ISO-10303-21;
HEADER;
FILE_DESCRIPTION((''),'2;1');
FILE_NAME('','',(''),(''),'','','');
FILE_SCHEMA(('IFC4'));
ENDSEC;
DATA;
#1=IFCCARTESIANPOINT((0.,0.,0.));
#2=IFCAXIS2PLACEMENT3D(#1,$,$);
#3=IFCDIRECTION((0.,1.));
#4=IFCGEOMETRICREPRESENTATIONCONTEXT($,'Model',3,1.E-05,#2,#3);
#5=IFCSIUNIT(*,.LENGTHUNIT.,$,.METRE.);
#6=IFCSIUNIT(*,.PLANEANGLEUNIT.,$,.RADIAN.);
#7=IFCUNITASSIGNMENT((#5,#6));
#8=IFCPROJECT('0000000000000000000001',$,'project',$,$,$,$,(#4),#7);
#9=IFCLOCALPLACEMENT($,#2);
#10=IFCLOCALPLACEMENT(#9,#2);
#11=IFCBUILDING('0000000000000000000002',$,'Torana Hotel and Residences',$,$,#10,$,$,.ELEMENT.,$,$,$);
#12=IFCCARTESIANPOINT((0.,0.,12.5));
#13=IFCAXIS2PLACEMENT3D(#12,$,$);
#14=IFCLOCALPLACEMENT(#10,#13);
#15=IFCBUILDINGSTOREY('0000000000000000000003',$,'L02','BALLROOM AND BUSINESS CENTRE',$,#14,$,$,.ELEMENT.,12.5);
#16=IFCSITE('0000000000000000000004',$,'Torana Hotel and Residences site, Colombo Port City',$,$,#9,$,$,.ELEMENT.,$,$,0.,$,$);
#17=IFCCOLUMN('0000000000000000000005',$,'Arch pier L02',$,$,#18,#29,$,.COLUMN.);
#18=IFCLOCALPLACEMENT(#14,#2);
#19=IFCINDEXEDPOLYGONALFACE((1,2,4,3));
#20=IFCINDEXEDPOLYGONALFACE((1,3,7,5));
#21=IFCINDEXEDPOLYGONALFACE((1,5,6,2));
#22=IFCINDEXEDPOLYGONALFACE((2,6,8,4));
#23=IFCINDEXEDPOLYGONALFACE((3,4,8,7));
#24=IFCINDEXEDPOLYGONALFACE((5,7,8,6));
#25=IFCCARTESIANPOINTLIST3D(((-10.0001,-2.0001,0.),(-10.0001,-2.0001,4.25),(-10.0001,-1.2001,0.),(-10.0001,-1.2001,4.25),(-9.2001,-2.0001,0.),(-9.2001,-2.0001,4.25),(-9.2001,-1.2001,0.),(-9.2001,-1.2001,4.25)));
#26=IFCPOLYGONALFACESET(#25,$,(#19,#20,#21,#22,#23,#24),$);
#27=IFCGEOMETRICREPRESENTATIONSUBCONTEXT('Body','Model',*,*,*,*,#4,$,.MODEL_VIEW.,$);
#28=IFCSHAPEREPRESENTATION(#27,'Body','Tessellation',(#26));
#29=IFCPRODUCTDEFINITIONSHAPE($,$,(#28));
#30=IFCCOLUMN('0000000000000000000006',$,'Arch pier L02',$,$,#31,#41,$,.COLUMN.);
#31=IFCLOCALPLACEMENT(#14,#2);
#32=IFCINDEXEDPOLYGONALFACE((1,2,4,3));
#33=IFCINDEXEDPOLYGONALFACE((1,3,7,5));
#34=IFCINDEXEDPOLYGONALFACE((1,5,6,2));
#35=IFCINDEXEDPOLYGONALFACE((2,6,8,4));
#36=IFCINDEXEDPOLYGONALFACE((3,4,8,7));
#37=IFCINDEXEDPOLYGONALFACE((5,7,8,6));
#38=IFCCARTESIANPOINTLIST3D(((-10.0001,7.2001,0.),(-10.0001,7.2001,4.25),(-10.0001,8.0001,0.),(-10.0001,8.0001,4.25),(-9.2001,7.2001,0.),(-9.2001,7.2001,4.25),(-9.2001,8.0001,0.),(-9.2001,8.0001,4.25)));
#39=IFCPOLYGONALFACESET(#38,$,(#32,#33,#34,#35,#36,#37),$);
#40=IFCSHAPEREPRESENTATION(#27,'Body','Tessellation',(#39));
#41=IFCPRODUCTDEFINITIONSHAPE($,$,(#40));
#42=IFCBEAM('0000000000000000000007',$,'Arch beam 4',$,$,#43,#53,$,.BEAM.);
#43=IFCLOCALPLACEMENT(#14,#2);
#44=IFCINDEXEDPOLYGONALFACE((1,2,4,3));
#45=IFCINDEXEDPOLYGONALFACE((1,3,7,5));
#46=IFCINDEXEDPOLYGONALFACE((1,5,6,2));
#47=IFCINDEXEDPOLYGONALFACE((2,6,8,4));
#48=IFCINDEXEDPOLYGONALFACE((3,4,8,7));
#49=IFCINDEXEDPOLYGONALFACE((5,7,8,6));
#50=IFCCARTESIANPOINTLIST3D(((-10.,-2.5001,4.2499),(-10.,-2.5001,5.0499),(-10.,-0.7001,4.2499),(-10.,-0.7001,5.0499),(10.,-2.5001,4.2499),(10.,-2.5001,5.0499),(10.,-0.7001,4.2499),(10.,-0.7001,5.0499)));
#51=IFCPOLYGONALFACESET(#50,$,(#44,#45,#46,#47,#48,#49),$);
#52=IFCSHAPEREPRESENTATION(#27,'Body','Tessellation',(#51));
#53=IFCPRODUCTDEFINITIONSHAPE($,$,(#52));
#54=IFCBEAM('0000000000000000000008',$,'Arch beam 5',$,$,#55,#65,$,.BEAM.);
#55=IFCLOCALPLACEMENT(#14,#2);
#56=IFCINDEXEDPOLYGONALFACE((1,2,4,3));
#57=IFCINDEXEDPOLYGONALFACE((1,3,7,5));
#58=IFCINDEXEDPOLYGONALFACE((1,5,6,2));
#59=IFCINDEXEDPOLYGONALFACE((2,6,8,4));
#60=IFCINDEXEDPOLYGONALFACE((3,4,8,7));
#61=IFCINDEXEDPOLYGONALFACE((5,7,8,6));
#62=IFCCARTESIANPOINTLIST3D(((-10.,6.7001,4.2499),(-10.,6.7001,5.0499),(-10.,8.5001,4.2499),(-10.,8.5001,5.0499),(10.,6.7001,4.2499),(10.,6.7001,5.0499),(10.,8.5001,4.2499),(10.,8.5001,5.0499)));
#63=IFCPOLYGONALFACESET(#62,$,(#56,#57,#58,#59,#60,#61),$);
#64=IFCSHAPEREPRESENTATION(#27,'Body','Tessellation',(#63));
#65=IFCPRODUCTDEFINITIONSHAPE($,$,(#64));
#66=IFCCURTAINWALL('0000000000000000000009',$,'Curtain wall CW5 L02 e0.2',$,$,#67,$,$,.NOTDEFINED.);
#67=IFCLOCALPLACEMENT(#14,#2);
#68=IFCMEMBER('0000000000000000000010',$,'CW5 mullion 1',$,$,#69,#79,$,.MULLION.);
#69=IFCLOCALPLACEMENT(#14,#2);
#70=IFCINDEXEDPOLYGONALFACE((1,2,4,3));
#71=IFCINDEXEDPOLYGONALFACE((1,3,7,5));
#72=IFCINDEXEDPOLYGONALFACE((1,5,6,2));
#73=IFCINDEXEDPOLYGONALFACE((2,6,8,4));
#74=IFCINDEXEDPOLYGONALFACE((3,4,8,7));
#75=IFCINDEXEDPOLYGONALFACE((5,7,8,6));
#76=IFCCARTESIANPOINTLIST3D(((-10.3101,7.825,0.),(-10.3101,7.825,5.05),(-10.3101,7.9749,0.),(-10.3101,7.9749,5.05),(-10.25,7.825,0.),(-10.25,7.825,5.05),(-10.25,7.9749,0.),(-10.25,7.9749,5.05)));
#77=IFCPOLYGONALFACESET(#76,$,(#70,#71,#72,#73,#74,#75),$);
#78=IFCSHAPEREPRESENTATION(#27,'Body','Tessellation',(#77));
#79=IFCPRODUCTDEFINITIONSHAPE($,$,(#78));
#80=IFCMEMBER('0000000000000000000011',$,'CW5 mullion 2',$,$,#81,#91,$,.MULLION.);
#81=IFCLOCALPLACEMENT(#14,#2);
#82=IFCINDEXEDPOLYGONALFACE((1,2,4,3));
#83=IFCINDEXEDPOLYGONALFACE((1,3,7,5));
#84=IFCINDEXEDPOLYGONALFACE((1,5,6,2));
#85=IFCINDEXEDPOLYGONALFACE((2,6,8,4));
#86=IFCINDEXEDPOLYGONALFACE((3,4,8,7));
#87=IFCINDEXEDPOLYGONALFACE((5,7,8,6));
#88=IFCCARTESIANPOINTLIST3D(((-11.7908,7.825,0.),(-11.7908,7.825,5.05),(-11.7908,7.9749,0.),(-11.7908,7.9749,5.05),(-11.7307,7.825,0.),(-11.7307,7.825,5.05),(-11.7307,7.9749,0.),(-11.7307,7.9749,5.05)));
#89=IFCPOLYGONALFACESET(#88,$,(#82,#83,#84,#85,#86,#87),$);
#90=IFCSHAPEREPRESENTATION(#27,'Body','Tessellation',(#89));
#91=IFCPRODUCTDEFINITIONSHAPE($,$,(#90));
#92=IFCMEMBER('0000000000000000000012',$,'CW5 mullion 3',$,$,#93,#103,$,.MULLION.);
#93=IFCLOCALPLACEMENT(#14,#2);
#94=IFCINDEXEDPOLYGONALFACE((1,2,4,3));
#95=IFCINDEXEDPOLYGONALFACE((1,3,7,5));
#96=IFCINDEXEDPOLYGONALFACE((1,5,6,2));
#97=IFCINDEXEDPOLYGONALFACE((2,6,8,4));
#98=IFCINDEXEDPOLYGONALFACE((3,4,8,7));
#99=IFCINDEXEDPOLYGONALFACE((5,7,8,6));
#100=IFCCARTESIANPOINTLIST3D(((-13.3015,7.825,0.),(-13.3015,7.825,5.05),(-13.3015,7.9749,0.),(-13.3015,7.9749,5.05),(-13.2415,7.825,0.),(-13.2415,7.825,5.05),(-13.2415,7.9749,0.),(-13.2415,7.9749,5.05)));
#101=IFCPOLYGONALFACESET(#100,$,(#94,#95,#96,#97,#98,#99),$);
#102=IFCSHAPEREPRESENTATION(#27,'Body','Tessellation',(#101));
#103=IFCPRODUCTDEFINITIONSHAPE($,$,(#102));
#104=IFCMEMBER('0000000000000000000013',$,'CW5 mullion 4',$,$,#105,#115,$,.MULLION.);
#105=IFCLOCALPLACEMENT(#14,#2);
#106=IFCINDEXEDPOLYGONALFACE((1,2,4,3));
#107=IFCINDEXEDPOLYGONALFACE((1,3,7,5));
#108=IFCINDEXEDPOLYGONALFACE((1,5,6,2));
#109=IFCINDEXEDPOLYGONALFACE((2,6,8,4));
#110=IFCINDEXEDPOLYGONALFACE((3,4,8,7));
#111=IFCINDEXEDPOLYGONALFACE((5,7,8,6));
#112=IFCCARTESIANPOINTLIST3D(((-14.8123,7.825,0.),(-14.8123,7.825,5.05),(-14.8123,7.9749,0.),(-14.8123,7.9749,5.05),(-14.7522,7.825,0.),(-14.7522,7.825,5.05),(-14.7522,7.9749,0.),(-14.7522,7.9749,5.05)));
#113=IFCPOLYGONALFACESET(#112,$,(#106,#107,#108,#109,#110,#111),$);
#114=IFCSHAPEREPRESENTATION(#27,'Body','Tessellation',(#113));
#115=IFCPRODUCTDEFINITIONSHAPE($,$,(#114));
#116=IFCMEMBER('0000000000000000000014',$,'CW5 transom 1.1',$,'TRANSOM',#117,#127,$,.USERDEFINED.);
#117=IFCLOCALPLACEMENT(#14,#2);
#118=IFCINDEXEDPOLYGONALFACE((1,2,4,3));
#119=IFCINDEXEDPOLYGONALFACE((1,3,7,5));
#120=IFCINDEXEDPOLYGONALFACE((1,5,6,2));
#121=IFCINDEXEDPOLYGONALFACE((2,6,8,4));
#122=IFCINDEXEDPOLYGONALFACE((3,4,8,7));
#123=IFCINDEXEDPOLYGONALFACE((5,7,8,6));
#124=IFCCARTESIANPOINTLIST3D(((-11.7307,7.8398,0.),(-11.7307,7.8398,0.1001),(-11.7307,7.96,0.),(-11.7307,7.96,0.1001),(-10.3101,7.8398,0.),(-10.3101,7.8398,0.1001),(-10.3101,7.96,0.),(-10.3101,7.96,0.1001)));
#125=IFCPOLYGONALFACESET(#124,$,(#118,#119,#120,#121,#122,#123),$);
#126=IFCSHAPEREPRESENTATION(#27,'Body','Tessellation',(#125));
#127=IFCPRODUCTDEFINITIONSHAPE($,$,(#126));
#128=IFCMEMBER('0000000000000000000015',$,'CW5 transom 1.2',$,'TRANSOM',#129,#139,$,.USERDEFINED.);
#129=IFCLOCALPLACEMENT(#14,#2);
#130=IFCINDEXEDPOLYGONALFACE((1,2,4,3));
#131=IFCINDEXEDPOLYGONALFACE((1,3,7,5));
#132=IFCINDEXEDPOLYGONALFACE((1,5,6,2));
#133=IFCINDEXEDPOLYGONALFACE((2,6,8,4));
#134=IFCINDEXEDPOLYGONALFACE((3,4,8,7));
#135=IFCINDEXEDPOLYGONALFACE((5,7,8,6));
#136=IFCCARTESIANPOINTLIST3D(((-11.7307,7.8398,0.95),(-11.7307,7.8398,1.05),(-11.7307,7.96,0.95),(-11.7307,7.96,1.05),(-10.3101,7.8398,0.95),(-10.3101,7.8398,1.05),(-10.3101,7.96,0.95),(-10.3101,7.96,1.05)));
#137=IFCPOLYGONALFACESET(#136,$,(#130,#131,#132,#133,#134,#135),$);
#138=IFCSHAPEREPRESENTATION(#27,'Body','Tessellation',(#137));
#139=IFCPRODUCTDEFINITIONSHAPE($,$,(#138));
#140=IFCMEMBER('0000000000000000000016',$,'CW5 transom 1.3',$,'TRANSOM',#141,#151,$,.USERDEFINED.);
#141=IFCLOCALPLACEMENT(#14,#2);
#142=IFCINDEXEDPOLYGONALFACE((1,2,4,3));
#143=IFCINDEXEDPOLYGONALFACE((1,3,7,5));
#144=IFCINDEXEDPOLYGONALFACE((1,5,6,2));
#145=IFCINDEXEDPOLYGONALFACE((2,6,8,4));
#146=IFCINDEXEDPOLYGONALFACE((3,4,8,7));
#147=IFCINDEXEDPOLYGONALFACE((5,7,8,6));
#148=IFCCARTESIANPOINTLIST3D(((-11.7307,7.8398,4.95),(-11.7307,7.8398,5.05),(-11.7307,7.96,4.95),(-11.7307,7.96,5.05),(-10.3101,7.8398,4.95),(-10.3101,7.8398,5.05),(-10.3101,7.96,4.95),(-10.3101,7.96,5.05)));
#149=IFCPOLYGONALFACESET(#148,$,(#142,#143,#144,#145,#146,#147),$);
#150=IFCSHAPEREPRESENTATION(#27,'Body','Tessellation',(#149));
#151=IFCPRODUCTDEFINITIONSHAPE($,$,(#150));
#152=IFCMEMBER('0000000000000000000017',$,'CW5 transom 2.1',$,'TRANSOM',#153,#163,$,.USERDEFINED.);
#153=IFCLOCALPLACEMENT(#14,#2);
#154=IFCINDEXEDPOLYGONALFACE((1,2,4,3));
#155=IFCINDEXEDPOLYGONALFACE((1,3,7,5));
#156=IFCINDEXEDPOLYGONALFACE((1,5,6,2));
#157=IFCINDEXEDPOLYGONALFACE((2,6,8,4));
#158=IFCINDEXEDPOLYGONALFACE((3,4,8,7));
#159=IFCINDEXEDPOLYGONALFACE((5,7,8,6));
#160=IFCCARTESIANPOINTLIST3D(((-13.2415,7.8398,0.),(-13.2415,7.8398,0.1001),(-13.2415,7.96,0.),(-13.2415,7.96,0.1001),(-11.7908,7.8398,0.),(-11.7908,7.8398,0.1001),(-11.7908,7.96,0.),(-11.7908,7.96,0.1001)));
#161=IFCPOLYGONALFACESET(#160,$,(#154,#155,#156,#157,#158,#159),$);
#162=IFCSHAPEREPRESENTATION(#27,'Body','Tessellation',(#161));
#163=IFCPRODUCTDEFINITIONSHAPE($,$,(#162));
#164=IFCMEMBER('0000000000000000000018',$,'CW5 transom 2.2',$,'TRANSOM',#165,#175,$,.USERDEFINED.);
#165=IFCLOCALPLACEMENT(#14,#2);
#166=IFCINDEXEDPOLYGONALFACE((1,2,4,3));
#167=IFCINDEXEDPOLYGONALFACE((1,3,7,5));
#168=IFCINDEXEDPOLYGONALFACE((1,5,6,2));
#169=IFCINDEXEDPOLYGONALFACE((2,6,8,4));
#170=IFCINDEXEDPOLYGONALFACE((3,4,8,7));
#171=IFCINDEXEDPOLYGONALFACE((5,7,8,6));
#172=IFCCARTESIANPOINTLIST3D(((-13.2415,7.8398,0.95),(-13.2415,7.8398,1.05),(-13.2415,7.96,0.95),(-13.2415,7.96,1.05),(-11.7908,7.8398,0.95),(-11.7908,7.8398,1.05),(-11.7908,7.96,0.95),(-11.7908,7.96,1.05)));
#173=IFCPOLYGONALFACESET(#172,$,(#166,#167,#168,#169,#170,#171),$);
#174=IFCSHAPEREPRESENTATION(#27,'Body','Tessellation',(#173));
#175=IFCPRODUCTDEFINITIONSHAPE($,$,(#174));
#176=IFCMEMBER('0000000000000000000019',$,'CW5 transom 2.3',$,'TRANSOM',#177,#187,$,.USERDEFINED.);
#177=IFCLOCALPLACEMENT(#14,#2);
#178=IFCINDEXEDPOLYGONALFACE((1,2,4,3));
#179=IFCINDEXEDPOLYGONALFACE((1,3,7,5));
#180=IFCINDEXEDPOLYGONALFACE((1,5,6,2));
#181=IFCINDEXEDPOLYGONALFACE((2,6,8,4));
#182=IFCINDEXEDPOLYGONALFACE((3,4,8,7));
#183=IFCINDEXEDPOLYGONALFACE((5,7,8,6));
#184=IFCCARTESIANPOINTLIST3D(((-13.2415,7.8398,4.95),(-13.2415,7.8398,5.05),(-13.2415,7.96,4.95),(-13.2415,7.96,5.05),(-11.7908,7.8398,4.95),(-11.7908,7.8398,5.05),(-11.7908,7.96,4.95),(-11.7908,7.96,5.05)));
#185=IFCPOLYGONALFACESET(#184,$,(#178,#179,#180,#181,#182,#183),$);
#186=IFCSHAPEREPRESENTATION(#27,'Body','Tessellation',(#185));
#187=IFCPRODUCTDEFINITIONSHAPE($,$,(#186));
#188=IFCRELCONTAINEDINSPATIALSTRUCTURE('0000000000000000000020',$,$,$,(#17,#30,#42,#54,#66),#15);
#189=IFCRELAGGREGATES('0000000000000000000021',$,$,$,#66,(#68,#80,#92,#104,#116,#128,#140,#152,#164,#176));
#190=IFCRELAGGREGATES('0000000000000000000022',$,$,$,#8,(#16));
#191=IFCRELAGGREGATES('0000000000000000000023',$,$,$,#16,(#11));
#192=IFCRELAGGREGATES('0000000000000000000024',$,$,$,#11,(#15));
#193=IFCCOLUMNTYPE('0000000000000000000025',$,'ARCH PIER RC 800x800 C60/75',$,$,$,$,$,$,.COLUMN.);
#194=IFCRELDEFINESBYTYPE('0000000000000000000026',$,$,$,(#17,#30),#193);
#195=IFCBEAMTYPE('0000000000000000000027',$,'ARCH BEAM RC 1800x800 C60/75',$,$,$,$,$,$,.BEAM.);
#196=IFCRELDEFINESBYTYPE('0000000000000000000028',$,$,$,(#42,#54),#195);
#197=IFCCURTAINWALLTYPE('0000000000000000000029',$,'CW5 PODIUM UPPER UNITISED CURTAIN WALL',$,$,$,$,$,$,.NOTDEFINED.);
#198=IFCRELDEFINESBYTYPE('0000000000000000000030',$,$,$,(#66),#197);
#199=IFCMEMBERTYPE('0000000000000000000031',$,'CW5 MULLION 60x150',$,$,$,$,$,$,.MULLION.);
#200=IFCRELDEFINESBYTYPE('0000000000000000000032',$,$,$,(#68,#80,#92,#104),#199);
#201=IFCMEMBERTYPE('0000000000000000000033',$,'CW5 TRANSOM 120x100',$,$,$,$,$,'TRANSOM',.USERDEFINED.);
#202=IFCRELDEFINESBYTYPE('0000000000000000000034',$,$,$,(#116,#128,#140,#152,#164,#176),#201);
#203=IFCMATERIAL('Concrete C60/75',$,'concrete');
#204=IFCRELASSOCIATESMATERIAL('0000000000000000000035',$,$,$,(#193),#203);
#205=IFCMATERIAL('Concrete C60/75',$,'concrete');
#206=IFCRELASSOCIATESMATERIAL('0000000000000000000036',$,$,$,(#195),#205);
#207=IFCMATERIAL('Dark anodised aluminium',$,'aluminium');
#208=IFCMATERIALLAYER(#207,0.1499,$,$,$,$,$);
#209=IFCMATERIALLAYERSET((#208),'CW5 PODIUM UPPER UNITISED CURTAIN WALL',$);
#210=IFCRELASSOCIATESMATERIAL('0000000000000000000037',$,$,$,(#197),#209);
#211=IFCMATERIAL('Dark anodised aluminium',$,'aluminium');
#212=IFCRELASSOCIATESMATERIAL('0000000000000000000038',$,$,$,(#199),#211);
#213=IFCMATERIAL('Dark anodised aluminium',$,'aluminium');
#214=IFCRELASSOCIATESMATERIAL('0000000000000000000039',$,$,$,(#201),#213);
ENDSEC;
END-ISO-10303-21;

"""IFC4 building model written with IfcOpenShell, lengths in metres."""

from ifc_helpers import new_model, si_unit, direction, frame, origin, origin_2d, place, context, subcontext, project, spatial, rectangle, extrude, material, layer, layer_set, material_profile, profile_set, type_object, element, aggregate, save


model = new_model("IFC4")

# Units and contexts
model_context = context("Model", 3, precision=1e-05, world=origin(), true_north=direction((0.0, 1.0)))
body_context = subcontext(model_context, "Body", "Model", "MODEL_VIEW")
ifc_project = project(units=[si_unit("LENGTHUNIT", "METRE"), si_unit("PLANEANGLEUNIT", "RADIAN")], contexts=[model_context])

# Site, building, storey
site_placement = place(None, origin())
site = spatial("IfcSite", under=ifc_project, at=site_placement, Name="Torana Hotel and Residences site, Colombo Port City", CompositionType="ELEMENT", RefElevation=0.0)
building_placement = place(site_placement, origin())
building = spatial("IfcBuilding", under=site, at=building_placement, Name="Torana Hotel and Residences", CompositionType="ELEMENT")
storey_placement = place(building_placement, frame((0.0, 0.0, 12.5)))
storey = spatial("IfcBuildingStorey", under=building, at=storey_placement, Name="L02", Description="BALLROOM AND BUSINESS CENTRE", CompositionType="ELEMENT", Elevation=12.5)

# Columns
ifc_material_1 = material(Name="Concrete C60/75", Category="concrete")
ifc_material_profile_1 = material_profile(ifc_material_1, rectangle(XDim=0.8, YDim=0.8, at=origin_2d()), Name="RC 800x800")
ifc_profile_set_1 = profile_set([ifc_material_profile_1], Name="Concrete C60/75")
column_type = type_object("IfcColumnType", Name="ARCH PIER RC 800x800 C60/75", PredefinedType="COLUMN", material=ifc_profile_set_1)
for number, where, z_axis, x_axis, name in (
    (1, (-9.6001, -1.6001, 0.0), (0.0, 0.0, 1.0), (1.0, 0.0, 0.0), "Arch pier L02"),
    (2, (-9.6001, 7.6001, 0.0), (0.0, 0.0, 1.0), (1.0, 0.0, 0.0), "Arch pier L02"),
):
    element("IfcColumn", number, at=place(storey_placement, frame(where, z_axis=z_axis, x_axis=x_axis)), inside=storey, type_object=column_type, Name=name, PredefinedType="COLUMN", context=body_context, shape_type="SweptSolid", body=[
        extrude(rectangle(XDim=0.8, YDim=0.8, at=origin_2d()), origin(), (0.0, 0.0, 1.0), 4.25),
    ])

# Beams
ifc_material_2 = material(Name="Concrete C60/75", Category="concrete")
ifc_material_profile_2 = material_profile(ifc_material_2, rectangle(XDim=1.8, YDim=0.8, at=origin_2d()), Name="RC 1800x800")
ifc_profile_set_2 = profile_set([ifc_material_profile_2], Name="Concrete C60/75")
beam_type = type_object("IfcBeamType", Name="ARCH BEAM RC 1800x800 C60/75", PredefinedType="BEAM", material=ifc_profile_set_2)
for number, where, z_axis, x_axis, name in (
    (3, (-10.0, -1.6001, 4.6499), (1.0, 0.0, 0.0), (0.0, 1.0, 0.0), "Arch beam 4"),
    (4, (-10.0, 7.6001, 4.6499), (1.0, 0.0, 0.0), (0.0, 1.0, 0.0), "Arch beam 5"),
):
    element("IfcBeam", number, at=place(storey_placement, frame(where, z_axis=z_axis, x_axis=x_axis)), inside=storey, type_object=beam_type, Name=name, PredefinedType="BEAM", context=body_context, shape_type="SweptSolid", body=[
        extrude(rectangle(XDim=1.8, YDim=0.8, at=origin_2d()), origin(), (0.0, 0.0, 1.0), 20.0),
    ])

# Curtain wall, members
ifc_material_3 = material(Name="Dark anodised aluminium", Category="aluminium")
ifc_layer_1 = layer(ifc_material_3, 0.1499)
ifc_layer_set_1 = layer_set([ifc_layer_1], Name="CW5 PODIUM UPPER UNITISED CURTAIN WALL")
curtain_wall_type = type_object("IfcCurtainWallType", Name="CW5 PODIUM UPPER UNITISED CURTAIN WALL", PredefinedType="NOTDEFINED", material=ifc_layer_set_1)
curtain_wall_placement = place(storey_placement, origin())
curtain_wall = element("IfcCurtainWall", 5, at=curtain_wall_placement, inside=storey, type_object=curtain_wall_type, Name="Curtain wall CW5 L02 e0.2", PredefinedType="NOTDEFINED")
ifc_material_4 = material(Name="Dark anodised aluminium", Category="aluminium")
ifc_material_profile_3 = material_profile(ifc_material_4, rectangle(XDim=0.1499, YDim=0.0601, at=origin_2d()), Name="CW5 MULLION 60x150")
ifc_profile_set_3 = profile_set([ifc_material_profile_3], Name="Dark anodised aluminium")
member_type_1 = type_object("IfcMemberType", Name="CW5 MULLION 60x150", PredefinedType="MULLION", material=ifc_profile_set_3)
member_1_placement = place(storey_placement, frame((-10.28, 7.8999, 0.0), z_axis=(0.0, 0.0, 1.0), x_axis=(0.0, -1.0, 0.0)))
member_1 = element("IfcMember", 6, at=member_1_placement, type_object=member_type_1, Name="CW5 mullion 1", PredefinedType="MULLION", context=body_context, shape_type="SweptSolid", body=[
    extrude(rectangle(XDim=0.1499, YDim=0.0601, at=origin_2d()), origin(), (0.0, 0.0, 1.0), 5.05),
])
member_2_placement = place(storey_placement, frame((-11.7607, 7.8999, 0.0), z_axis=(0.0, 0.0, 1.0), x_axis=(0.0, -1.0, 0.0)))
member_2 = element("IfcMember", 7, at=member_2_placement, type_object=member_type_1, Name="CW5 mullion 2", PredefinedType="MULLION", context=body_context, shape_type="SweptSolid", body=[
    extrude(rectangle(XDim=0.1499, YDim=0.0601, at=origin_2d()), origin(), (0.0, 0.0, 1.0), 5.05),
])
member_3_placement = place(storey_placement, frame((-13.2715, 7.8999, 0.0), z_axis=(0.0, 0.0, 1.0), x_axis=(0.0, -1.0, 0.0)))
member_3 = element("IfcMember", 8, at=member_3_placement, type_object=member_type_1, Name="CW5 mullion 3", PredefinedType="MULLION", context=body_context, shape_type="SweptSolid", body=[
    extrude(rectangle(XDim=0.1499, YDim=0.0601, at=origin_2d()), origin(), (0.0, 0.0, 1.0), 5.05),
])
member_4_placement = place(storey_placement, frame((-14.7822, 7.8999, 0.0), z_axis=(0.0, 0.0, 1.0), x_axis=(0.0, -1.0, 0.0)))
member_4 = element("IfcMember", 9, at=member_4_placement, type_object=member_type_1, Name="CW5 mullion 4", PredefinedType="MULLION", context=body_context, shape_type="SweptSolid", body=[
    extrude(rectangle(XDim=0.1499, YDim=0.0601, at=origin_2d()), origin(), (0.0, 0.0, 1.0), 5.05),
])
ifc_material_5 = material(Name="Dark anodised aluminium", Category="aluminium")
ifc_material_profile_4 = material_profile(ifc_material_5, rectangle(XDim=0.1201, YDim=0.1001, at=origin_2d()), Name="CW5 TRANSOM 120x100")
ifc_profile_set_4 = profile_set([ifc_material_profile_4], Name="Dark anodised aluminium")
member_type_2 = type_object("IfcMemberType", Name="CW5 TRANSOM 120x100", ElementType="TRANSOM", PredefinedType="USERDEFINED", material=ifc_profile_set_4)
member_5_placement = place(storey_placement, frame((-10.3101, 7.8999, 0.05), z_axis=(-1.0, 0.0, 0.0), x_axis=(0.0, -1.0, 0.0)))
member_5 = element("IfcMember", 10, at=member_5_placement, type_object=member_type_2, Name="CW5 transom 1.1", ObjectType="TRANSOM", PredefinedType="USERDEFINED", context=body_context, shape_type="SweptSolid", body=[
    extrude(rectangle(XDim=0.1201, YDim=0.1001, at=origin_2d()), origin(), (0.0, 0.0, 1.0), 1.4207),
])
member_6_placement = place(storey_placement, frame((-10.3101, 7.8999, 1.0), z_axis=(-1.0, 0.0, 0.0), x_axis=(0.0, -1.0, 0.0)))
member_6 = element("IfcMember", 11, at=member_6_placement, type_object=member_type_2, Name="CW5 transom 1.2", ObjectType="TRANSOM", PredefinedType="USERDEFINED", context=body_context, shape_type="SweptSolid", body=[
    extrude(rectangle(XDim=0.1201, YDim=0.1001, at=origin_2d()), origin(), (0.0, 0.0, 1.0), 1.4207),
])
member_7_placement = place(storey_placement, frame((-10.3101, 7.8999, 5.0), z_axis=(-1.0, 0.0, 0.0), x_axis=(0.0, -1.0, 0.0)))
member_7 = element("IfcMember", 12, at=member_7_placement, type_object=member_type_2, Name="CW5 transom 1.3", ObjectType="TRANSOM", PredefinedType="USERDEFINED", context=body_context, shape_type="SweptSolid", body=[
    extrude(rectangle(XDim=0.1201, YDim=0.1001, at=origin_2d()), origin(), (0.0, 0.0, 1.0), 1.4207),
])
member_8_placement = place(storey_placement, frame((-11.7908, 7.8999, 0.05), z_axis=(-1.0, 0.0, 0.0), x_axis=(0.0, -1.0, 0.0)))
member_8 = element("IfcMember", 13, at=member_8_placement, type_object=member_type_2, Name="CW5 transom 2.1", ObjectType="TRANSOM", PredefinedType="USERDEFINED", context=body_context, shape_type="SweptSolid", body=[
    extrude(rectangle(XDim=0.1201, YDim=0.1001, at=origin_2d()), origin(), (0.0, 0.0, 1.0), 1.4507),
])
member_9_placement = place(storey_placement, frame((-11.7908, 7.8999, 1.0), z_axis=(-1.0, 0.0, 0.0), x_axis=(0.0, -1.0, 0.0)))
member_9 = element("IfcMember", 14, at=member_9_placement, type_object=member_type_2, Name="CW5 transom 2.2", ObjectType="TRANSOM", PredefinedType="USERDEFINED", context=body_context, shape_type="SweptSolid", body=[
    extrude(rectangle(XDim=0.1201, YDim=0.1001, at=origin_2d()), origin(), (0.0, 0.0, 1.0), 1.4507),
])
member_10_placement = place(storey_placement, frame((-11.7908, 7.8999, 5.0), z_axis=(-1.0, 0.0, 0.0), x_axis=(0.0, -1.0, 0.0)))
member_10 = element("IfcMember", 15, at=member_10_placement, type_object=member_type_2, Name="CW5 transom 2.3", ObjectType="TRANSOM", PredefinedType="USERDEFINED", context=body_context, shape_type="SweptSolid", body=[
    extrude(rectangle(XDim=0.1201, YDim=0.1001, at=origin_2d()), origin(), (0.0, 0.0, 1.0), 1.4507),
])
aggregate(curtain_wall, [member_1, member_2, member_3, member_4, member_5, member_6, member_7, member_8, member_9, member_10])

save(model, "model.ifc")
